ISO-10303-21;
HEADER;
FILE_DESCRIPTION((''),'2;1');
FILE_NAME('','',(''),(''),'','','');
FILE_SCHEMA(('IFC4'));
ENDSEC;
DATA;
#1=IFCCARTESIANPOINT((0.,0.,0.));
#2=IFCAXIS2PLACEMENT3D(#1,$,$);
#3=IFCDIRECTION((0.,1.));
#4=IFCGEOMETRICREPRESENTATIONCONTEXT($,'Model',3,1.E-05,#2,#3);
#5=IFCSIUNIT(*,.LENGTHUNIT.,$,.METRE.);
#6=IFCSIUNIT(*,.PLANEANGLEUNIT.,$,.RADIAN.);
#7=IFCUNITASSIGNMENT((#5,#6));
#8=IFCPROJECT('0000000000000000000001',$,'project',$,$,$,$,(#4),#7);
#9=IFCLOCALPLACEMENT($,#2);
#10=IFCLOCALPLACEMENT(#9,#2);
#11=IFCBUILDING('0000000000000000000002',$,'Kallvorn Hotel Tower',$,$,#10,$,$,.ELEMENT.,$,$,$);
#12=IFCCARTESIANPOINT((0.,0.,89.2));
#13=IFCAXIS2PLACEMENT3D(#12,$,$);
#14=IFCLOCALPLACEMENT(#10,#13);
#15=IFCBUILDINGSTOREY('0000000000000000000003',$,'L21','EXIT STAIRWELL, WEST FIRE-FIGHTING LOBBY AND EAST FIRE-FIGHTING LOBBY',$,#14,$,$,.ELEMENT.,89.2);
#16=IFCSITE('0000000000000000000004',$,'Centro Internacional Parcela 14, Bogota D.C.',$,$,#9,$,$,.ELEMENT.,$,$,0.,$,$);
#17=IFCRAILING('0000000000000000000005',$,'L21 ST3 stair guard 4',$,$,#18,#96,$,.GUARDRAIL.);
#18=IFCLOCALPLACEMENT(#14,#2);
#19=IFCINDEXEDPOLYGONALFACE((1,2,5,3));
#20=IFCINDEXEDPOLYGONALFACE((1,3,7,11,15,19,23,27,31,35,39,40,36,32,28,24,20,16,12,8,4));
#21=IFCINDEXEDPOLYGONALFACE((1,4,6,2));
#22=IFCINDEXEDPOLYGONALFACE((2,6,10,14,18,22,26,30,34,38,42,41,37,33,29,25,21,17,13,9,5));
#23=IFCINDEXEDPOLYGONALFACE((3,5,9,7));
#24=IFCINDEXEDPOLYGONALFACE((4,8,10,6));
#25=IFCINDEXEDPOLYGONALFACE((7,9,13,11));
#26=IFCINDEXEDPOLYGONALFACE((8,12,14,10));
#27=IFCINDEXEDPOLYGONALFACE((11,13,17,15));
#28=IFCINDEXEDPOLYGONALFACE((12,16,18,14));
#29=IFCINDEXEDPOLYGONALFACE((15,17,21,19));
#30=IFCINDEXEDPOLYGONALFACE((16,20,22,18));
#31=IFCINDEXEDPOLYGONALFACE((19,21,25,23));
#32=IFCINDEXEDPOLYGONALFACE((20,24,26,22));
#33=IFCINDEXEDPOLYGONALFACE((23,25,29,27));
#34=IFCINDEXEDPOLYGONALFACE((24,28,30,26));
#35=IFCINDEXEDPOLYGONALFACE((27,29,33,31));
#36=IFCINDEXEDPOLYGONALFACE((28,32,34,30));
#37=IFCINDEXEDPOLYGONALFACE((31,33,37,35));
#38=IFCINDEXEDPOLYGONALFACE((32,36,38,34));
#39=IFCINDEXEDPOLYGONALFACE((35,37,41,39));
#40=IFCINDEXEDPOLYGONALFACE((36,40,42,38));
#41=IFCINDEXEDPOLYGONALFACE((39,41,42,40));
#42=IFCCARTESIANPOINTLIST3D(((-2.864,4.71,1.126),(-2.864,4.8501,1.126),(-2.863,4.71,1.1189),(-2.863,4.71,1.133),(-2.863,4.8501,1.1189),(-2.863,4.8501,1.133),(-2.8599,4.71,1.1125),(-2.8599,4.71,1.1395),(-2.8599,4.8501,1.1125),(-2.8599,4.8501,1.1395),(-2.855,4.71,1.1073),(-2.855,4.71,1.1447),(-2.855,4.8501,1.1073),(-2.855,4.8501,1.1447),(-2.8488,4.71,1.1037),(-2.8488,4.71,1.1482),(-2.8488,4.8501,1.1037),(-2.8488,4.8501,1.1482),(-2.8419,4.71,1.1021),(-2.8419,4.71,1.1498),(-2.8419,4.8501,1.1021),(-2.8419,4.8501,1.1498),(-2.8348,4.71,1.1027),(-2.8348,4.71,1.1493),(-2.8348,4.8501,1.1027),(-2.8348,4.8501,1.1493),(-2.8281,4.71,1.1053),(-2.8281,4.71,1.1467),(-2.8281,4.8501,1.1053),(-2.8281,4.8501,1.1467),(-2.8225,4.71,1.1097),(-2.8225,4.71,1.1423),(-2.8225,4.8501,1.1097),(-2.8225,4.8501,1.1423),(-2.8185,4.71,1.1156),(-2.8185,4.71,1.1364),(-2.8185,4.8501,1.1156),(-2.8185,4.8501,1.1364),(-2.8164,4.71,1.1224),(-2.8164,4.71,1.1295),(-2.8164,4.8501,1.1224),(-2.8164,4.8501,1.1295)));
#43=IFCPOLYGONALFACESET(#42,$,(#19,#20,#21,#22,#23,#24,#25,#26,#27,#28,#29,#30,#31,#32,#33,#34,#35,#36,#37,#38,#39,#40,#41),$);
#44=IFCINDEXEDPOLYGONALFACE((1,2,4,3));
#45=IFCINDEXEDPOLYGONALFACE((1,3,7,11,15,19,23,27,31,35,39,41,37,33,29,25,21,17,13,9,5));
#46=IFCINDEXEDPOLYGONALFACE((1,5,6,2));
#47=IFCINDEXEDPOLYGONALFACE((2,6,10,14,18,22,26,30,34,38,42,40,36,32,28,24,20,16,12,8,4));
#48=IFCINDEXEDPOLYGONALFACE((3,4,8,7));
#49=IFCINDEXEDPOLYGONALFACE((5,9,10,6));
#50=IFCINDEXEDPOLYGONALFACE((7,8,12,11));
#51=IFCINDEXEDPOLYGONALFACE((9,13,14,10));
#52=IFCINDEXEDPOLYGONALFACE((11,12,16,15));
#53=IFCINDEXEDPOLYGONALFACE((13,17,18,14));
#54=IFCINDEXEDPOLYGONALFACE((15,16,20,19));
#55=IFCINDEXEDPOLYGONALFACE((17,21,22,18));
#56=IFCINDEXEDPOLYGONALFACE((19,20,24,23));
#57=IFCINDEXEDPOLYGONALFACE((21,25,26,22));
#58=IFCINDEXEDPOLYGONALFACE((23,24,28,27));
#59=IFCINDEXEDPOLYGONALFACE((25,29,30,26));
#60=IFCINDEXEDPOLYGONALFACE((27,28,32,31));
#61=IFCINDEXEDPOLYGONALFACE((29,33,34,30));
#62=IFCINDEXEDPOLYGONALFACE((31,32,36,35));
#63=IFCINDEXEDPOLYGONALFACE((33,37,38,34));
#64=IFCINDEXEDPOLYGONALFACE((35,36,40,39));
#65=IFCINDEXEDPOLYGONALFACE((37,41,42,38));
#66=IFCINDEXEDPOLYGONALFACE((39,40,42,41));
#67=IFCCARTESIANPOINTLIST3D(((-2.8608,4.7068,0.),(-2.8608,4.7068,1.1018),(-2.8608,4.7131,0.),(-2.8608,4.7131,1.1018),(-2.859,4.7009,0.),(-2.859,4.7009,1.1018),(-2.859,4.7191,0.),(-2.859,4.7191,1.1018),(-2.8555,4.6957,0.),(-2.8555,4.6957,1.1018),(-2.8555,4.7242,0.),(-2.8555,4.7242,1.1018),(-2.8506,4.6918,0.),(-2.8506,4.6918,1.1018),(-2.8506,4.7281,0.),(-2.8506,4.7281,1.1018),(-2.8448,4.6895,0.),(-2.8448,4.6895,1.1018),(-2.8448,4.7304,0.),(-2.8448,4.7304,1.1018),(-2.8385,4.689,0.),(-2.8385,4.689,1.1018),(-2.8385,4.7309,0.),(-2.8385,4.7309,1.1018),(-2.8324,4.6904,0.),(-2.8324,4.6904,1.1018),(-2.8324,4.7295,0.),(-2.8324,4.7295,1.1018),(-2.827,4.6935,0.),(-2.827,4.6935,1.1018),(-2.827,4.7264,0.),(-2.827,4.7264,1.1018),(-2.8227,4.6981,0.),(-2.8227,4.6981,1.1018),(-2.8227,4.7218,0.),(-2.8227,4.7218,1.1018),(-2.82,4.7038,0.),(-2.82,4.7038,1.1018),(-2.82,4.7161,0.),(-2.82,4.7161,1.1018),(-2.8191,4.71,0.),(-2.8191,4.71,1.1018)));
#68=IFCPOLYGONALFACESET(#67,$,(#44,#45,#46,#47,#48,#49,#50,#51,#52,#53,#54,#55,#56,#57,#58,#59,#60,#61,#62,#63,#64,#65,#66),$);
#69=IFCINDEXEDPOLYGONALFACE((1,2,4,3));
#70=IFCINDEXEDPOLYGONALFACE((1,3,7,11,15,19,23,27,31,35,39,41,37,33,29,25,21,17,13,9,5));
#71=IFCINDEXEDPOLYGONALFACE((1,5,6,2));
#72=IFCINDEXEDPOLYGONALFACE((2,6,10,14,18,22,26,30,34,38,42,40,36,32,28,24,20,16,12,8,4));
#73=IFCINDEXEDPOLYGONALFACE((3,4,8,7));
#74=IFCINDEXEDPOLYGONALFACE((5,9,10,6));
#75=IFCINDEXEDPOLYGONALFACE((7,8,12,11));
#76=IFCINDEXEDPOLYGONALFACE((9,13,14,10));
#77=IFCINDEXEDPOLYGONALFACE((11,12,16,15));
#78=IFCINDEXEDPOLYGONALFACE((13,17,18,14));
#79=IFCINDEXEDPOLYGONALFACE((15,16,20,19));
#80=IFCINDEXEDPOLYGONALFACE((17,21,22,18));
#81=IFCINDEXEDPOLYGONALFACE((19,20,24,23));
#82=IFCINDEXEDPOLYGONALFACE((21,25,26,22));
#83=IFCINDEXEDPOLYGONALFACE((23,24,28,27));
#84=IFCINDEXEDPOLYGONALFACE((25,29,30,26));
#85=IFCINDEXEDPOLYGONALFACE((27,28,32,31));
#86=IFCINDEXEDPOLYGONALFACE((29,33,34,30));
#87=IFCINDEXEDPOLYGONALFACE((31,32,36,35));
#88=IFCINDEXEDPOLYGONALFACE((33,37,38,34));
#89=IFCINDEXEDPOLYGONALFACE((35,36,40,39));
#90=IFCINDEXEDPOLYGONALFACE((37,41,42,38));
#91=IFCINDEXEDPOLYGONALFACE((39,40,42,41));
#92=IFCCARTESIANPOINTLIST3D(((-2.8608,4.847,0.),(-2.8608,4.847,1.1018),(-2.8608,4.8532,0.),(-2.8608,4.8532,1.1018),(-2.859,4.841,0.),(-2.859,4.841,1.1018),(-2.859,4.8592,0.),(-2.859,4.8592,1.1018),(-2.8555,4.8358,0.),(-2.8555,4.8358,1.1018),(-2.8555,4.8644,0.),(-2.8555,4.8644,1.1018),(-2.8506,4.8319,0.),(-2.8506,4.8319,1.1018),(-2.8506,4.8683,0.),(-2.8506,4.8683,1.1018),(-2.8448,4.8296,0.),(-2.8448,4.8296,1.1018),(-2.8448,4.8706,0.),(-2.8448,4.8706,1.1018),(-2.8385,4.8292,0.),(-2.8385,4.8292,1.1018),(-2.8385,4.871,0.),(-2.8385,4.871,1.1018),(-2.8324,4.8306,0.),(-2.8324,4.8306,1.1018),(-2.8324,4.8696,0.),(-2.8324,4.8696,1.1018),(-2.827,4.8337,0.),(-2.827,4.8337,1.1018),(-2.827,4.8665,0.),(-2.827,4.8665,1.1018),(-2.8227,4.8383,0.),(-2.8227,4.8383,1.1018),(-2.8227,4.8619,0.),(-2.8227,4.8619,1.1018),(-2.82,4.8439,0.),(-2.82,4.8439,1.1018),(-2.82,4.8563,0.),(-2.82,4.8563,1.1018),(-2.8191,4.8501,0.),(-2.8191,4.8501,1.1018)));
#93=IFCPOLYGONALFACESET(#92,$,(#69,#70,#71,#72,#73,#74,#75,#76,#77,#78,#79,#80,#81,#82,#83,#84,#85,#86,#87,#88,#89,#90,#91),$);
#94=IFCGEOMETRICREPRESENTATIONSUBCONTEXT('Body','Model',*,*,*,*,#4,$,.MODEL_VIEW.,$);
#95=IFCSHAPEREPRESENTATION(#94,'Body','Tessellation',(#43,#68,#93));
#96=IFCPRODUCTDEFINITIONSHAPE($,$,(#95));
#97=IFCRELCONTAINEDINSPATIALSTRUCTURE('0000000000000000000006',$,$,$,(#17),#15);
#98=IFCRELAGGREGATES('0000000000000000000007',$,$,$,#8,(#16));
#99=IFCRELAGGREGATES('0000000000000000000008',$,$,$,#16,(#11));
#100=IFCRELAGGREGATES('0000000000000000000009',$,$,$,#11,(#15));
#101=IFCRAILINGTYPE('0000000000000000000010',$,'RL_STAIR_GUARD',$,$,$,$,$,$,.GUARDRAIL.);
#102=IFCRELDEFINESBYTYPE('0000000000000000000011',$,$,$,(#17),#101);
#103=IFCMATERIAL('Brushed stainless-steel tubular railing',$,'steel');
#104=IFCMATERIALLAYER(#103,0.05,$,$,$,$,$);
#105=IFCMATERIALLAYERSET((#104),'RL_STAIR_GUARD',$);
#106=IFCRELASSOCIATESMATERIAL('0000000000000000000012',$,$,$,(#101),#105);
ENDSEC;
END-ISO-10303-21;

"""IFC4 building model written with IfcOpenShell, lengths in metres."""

from ifc_helpers import new_model, si_unit, direction, frame, origin, origin_2d, place, context, subcontext, project, spatial, circle, extrude, material, layer, layer_set, type_object, element, save


model = new_model("IFC4")

# Units and contexts
model_context = context("Model", 3, precision=1e-05, world=origin(), true_north=direction((0.0, 1.0)))
body_context = subcontext(model_context, "Body", "Model", "MODEL_VIEW")
ifc_project = project(units=[si_unit("LENGTHUNIT", "METRE"), si_unit("PLANEANGLEUNIT", "RADIAN")], contexts=[model_context])

# Site, building, storey
site_placement = place(None, origin())
site = spatial("IfcSite", under=ifc_project, at=site_placement, Name="Centro Internacional Parcela 14, Bogota D.C.", CompositionType="ELEMENT", RefElevation=0.0)
building_placement = place(site_placement, origin())
building = spatial("IfcBuilding", under=site, at=building_placement, Name="Kallvorn Hotel Tower", CompositionType="ELEMENT")
storey_placement = place(building_placement, frame((0.0, 0.0, 89.2)))
storey = spatial("IfcBuildingStorey", under=building, at=storey_placement, Name="L21", Description="EXIT STAIRWELL, WEST FIRE-FIGHTING LOBBY AND EAST FIRE-FIGHTING LOBBY", CompositionType="ELEMENT", Elevation=89.2)

# Railing
ifc_material_1 = material(Name="Brushed stainless-steel tubular railing", Category="steel")
ifc_layer_1 = layer(ifc_material_1, 0.05)
ifc_layer_set_1 = layer_set([ifc_layer_1], Name="RL_STAIR_GUARD")
railing_type_1 = type_object("IfcRailingType", Name="RL_STAIR_GUARD", PredefinedType="GUARDRAIL", material=ifc_layer_set_1)
railing_1_placement = place(storey_placement, frame((-2.8401, 4.71, 0.0)))
element("IfcRailing", 1, at=railing_1_placement, inside=storey, type_object=railing_type_1, Name="L21 ST3 stair guard 4", PredefinedType="GUARDRAIL", context=body_context, shape_type="SweptSolid", body=[
    extrude(circle(Radius=0.0239, at=origin_2d()), frame((0.0, 0.0, 1.126), z_axis=(0.0, 1.0, 0.0), x_axis=(-1.0, 0.0, 0.0)), (0.0, 0.0, 1.0), 0.1401),
    extrude(circle(Radius=0.021, at=origin_2d()), origin(), (0.0, 0.0, 1.0), 1.1018),
    extrude(circle(Radius=0.021, at=origin_2d()), frame((0.0, 0.1401, 0.0)), (0.0, 0.0, 1.0), 1.1018),
])

save(model, "model.ifc")
